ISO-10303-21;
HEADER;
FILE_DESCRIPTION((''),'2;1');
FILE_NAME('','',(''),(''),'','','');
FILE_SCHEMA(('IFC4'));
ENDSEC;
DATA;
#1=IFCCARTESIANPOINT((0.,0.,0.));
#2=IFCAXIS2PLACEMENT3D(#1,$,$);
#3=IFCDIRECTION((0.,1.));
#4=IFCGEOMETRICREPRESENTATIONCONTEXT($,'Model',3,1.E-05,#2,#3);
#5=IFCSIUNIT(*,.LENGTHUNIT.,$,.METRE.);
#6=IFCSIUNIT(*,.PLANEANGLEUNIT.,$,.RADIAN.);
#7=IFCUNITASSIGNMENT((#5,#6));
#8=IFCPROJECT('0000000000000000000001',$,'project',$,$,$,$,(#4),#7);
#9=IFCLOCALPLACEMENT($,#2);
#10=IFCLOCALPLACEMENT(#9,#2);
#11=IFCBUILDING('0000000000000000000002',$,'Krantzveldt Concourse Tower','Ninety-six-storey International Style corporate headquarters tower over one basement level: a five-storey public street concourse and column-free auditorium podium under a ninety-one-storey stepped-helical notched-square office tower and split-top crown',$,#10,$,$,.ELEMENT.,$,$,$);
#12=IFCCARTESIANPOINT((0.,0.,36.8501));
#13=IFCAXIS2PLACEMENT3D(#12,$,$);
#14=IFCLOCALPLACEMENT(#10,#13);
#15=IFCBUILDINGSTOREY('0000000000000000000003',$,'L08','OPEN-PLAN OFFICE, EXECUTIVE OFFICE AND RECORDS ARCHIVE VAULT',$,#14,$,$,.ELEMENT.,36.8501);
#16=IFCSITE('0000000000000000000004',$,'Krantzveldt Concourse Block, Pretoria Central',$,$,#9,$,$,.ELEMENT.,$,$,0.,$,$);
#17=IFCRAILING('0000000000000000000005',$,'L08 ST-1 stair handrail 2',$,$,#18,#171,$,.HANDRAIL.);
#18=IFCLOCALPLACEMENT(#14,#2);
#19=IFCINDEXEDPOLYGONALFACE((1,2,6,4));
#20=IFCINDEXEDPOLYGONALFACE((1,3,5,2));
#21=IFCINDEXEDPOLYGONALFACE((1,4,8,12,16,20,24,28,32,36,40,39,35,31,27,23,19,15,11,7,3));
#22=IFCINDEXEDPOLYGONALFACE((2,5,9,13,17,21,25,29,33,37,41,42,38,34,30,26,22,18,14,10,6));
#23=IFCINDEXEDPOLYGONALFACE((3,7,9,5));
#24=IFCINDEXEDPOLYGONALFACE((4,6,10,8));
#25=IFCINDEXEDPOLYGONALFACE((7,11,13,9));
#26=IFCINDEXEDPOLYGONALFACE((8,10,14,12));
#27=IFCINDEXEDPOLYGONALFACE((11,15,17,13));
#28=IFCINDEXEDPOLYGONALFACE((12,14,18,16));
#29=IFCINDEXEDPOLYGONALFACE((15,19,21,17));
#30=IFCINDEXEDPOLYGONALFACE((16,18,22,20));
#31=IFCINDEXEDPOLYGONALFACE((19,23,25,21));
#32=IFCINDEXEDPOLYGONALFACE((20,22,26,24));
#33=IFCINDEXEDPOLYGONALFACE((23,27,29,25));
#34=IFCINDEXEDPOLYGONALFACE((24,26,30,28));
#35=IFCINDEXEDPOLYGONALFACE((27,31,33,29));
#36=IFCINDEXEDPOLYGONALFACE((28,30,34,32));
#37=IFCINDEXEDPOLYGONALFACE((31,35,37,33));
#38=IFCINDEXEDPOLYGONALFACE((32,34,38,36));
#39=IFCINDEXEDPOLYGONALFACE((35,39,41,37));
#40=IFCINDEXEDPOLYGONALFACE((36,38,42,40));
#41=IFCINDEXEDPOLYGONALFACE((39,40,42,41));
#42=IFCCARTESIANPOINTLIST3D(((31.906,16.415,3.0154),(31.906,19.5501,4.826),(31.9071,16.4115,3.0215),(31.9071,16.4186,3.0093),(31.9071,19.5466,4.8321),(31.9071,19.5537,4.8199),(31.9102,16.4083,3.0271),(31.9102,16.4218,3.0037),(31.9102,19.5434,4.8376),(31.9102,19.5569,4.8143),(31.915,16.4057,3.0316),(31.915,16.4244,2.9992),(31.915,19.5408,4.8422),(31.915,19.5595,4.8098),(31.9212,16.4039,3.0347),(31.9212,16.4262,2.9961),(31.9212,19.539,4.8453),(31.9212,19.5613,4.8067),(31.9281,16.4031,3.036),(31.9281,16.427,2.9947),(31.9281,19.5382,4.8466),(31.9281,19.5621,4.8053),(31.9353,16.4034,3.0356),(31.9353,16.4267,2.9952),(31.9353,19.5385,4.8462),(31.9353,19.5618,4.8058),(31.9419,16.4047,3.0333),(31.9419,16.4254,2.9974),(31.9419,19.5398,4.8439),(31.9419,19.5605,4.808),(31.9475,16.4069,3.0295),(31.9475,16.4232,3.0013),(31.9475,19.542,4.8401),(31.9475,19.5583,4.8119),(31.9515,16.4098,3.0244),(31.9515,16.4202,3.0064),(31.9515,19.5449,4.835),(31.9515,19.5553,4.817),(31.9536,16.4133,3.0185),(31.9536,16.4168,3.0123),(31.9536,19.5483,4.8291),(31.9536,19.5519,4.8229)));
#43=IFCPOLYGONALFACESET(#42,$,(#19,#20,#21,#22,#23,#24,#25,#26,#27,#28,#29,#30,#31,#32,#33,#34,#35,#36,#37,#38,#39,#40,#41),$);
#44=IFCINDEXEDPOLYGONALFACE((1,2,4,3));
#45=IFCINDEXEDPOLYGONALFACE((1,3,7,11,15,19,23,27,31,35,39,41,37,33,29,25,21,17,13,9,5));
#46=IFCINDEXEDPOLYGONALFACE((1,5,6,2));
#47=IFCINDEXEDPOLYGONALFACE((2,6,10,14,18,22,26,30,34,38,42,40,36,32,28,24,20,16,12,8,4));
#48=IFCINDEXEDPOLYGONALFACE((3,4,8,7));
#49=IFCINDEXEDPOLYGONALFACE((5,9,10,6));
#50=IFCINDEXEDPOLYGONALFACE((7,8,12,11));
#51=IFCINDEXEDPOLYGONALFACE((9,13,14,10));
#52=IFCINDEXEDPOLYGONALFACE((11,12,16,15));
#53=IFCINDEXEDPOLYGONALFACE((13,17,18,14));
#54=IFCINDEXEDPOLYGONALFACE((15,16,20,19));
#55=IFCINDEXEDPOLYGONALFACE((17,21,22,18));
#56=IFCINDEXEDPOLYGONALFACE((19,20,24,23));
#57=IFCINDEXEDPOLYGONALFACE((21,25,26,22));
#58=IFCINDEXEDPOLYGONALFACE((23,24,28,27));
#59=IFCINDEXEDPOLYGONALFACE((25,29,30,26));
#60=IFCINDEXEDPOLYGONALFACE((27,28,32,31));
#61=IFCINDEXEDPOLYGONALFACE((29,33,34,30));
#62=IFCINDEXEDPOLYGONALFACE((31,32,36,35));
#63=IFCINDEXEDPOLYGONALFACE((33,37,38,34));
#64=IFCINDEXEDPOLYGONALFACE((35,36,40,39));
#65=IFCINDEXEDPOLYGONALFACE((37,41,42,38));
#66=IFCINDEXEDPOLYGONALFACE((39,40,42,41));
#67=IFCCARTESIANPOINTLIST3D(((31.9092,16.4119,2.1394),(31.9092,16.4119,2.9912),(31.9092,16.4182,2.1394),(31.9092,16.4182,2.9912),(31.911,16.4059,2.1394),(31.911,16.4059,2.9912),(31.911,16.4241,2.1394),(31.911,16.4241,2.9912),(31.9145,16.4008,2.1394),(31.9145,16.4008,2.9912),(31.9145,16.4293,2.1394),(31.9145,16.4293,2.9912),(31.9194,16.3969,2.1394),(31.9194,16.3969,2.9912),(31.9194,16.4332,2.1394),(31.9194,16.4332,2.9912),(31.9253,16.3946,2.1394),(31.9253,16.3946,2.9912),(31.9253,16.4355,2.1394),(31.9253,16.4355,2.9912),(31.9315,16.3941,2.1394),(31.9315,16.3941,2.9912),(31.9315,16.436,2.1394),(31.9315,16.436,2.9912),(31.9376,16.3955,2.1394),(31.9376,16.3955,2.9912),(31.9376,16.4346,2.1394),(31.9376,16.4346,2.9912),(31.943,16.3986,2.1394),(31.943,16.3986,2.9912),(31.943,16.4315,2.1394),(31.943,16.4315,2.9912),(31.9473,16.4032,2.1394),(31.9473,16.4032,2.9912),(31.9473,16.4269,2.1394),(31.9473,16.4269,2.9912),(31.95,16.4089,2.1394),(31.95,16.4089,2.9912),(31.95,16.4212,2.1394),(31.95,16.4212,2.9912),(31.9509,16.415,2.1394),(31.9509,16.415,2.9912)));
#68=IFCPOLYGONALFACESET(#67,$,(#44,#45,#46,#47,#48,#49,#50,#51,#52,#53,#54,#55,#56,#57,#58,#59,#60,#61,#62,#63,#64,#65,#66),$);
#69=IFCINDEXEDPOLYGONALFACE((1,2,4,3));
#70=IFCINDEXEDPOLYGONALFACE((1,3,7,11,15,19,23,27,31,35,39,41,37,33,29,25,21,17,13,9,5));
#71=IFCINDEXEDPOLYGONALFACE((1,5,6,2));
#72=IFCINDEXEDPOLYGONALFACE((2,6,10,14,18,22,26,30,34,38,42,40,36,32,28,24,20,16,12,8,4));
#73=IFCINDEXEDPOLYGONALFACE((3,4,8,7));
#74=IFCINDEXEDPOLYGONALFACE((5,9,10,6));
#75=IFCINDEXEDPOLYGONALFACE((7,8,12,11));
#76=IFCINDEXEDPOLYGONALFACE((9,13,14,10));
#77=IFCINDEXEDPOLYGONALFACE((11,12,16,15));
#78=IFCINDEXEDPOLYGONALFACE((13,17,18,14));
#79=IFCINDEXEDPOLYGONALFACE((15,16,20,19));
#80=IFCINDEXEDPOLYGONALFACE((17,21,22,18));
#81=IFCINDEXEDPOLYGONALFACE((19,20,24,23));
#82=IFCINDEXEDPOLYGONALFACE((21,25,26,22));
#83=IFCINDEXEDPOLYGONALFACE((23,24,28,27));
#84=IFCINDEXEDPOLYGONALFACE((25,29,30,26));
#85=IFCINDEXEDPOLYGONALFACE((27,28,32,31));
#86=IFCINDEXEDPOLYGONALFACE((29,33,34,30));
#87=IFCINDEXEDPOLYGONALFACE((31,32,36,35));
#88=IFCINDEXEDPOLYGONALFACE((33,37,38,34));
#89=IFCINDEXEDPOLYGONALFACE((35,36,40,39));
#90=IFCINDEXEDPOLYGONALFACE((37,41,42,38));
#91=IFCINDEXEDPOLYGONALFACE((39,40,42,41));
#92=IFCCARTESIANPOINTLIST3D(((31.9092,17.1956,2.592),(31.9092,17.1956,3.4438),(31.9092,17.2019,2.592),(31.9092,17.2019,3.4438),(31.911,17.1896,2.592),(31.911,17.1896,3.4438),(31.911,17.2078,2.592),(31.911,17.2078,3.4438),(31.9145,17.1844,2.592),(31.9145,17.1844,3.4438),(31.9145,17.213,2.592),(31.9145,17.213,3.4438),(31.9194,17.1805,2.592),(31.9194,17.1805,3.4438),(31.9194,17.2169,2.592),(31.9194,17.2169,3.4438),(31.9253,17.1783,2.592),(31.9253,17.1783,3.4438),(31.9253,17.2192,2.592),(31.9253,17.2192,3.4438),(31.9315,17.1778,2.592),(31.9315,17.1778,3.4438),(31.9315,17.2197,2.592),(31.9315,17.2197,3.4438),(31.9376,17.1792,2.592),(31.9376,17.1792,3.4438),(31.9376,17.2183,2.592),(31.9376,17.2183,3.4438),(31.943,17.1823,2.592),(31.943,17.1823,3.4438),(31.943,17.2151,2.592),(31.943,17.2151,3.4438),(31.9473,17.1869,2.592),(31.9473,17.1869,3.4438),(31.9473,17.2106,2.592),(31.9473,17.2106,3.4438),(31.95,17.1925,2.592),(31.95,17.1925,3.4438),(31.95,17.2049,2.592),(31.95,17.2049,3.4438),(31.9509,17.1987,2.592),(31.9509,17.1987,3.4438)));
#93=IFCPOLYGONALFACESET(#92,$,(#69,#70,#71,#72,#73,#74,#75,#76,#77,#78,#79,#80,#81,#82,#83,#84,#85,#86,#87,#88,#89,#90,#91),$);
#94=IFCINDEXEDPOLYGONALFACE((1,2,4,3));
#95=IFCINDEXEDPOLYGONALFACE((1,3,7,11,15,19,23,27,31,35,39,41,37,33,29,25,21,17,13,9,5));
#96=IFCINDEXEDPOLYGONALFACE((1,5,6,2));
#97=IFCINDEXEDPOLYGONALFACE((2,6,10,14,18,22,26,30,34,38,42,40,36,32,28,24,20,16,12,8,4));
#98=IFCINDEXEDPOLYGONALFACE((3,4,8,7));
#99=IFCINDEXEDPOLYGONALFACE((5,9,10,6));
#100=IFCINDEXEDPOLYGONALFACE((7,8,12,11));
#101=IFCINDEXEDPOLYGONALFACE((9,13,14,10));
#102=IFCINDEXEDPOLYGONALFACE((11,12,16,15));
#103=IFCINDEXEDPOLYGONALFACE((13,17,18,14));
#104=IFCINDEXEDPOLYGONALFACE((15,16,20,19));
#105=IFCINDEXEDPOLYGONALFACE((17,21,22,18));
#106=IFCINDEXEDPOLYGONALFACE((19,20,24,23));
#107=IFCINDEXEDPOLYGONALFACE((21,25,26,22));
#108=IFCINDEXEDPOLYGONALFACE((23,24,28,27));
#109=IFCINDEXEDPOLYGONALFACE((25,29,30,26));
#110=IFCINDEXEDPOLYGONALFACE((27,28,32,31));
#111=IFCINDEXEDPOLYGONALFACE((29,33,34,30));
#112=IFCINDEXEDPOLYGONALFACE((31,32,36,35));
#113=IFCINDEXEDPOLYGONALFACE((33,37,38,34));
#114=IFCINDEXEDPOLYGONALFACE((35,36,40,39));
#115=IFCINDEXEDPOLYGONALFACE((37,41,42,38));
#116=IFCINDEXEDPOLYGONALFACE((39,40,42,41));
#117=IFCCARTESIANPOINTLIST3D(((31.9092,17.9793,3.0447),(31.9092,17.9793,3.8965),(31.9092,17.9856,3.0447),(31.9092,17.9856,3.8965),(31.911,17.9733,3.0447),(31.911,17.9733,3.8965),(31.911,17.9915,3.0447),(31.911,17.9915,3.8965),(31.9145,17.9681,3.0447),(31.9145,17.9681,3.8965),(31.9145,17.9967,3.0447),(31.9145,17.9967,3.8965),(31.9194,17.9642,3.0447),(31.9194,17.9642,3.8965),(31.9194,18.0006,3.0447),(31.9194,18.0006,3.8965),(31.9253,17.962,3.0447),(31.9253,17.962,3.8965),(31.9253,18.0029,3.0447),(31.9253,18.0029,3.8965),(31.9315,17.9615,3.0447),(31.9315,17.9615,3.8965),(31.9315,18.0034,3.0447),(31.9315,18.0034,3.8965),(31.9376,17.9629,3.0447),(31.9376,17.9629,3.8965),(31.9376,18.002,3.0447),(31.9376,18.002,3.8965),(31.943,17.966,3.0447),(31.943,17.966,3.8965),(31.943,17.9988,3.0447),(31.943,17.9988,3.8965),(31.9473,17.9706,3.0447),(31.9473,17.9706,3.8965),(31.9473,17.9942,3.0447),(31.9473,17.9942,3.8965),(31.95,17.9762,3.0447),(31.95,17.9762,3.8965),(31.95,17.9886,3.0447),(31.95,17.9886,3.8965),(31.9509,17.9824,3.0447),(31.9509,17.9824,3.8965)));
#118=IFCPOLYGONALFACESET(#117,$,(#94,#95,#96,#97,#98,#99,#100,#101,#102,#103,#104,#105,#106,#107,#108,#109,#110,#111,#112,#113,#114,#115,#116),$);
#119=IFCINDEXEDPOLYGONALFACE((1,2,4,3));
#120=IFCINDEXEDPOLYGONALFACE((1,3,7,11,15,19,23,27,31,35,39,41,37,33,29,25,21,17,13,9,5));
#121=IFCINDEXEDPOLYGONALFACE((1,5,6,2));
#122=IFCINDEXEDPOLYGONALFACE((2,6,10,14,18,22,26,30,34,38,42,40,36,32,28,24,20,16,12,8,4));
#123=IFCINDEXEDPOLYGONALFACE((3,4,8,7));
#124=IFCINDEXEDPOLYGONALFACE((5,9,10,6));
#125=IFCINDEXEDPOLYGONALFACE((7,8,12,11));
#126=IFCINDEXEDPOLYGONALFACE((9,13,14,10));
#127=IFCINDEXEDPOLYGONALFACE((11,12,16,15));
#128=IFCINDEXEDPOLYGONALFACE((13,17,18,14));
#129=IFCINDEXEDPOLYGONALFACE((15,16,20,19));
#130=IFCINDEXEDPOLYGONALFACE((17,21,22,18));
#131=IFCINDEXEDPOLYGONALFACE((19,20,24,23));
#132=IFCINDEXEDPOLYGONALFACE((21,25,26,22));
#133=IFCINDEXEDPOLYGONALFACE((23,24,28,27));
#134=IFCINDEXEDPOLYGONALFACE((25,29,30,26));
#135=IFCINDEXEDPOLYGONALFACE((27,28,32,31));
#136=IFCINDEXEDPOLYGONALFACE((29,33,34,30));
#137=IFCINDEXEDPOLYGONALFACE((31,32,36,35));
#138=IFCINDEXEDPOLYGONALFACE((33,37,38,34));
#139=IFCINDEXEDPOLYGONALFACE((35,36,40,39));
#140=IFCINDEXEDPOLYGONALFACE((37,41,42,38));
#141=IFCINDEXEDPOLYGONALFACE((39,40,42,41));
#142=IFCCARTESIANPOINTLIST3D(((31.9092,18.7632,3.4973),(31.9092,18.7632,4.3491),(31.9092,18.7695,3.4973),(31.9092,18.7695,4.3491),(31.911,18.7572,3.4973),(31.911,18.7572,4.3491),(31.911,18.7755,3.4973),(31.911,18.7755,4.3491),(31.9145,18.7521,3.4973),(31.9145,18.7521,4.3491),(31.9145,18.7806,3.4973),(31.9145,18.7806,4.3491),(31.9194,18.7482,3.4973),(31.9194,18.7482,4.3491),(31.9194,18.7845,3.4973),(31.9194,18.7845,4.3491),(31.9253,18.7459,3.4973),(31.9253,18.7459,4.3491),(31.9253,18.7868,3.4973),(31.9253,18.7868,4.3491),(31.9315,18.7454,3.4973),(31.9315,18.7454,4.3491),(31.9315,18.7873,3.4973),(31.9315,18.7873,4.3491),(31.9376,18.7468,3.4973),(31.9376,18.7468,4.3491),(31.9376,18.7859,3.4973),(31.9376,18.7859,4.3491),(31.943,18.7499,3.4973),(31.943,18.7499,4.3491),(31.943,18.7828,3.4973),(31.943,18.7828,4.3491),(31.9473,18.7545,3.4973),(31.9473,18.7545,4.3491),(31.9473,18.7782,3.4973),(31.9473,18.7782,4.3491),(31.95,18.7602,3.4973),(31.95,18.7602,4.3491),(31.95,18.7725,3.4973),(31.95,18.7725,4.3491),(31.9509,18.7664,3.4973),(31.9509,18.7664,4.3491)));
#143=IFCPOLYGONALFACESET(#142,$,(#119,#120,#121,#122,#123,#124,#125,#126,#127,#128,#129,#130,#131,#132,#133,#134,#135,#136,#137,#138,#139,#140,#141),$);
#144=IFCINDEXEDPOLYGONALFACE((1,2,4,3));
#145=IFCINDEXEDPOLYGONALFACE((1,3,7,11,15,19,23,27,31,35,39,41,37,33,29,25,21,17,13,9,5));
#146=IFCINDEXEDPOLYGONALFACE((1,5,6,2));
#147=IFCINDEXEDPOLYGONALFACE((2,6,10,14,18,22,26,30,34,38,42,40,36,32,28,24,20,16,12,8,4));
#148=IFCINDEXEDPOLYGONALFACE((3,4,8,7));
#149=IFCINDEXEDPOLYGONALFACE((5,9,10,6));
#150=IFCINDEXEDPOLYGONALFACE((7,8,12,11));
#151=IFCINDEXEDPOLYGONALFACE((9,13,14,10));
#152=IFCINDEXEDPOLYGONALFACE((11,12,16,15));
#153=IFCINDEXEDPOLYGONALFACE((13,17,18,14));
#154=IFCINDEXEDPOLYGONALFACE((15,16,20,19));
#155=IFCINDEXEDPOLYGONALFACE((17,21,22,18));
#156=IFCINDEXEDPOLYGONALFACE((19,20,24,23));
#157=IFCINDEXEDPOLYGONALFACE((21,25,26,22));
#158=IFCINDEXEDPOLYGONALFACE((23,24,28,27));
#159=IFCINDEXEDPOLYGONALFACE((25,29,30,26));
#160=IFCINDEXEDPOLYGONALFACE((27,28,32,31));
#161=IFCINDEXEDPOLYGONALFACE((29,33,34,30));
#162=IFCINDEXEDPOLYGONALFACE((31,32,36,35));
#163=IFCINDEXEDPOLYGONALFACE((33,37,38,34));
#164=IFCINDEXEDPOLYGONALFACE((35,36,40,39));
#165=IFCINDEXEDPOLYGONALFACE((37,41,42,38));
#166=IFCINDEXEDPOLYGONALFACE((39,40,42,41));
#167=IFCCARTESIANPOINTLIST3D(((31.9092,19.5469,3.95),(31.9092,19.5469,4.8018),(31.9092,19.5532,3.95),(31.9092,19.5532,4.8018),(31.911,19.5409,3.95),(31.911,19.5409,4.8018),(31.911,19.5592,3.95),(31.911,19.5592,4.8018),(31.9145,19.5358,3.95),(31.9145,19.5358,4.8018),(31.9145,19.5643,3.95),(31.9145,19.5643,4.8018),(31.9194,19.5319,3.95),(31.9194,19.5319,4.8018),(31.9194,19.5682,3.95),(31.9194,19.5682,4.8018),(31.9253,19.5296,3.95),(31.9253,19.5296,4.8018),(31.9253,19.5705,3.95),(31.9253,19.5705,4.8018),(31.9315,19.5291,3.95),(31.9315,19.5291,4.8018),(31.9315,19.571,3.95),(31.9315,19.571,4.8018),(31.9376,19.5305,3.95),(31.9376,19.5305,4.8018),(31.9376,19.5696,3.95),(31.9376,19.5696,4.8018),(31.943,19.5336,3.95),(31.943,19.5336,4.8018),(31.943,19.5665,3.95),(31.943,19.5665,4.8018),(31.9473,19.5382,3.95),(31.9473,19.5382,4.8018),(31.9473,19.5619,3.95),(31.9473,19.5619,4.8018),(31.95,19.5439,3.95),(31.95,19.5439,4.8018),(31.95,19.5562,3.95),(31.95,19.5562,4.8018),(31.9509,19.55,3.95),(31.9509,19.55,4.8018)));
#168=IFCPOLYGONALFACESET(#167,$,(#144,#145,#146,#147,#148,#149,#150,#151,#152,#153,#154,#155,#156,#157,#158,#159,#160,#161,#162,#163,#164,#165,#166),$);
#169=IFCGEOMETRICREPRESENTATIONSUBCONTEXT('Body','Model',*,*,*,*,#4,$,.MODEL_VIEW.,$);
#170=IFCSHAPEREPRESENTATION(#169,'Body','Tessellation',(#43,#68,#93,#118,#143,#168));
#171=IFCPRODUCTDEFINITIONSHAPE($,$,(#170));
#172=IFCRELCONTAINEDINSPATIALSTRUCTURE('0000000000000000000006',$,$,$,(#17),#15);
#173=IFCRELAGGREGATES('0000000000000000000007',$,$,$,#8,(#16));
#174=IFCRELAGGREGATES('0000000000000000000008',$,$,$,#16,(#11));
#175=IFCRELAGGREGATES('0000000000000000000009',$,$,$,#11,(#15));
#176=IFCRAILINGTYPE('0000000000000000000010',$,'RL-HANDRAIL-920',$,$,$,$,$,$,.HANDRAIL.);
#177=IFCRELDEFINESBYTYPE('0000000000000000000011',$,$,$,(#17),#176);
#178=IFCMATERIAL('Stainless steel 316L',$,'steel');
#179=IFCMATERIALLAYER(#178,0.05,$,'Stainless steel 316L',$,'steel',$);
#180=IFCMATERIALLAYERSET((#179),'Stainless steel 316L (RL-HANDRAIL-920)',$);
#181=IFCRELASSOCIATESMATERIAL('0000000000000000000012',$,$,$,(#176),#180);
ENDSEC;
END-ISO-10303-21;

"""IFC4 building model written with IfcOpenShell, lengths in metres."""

from ifc_helpers import new_model, si_unit, direction, frame, origin, origin_2d, place, context, subcontext, project, spatial, circle, extrude, material, layer, layer_set, type_object, element, save


model = new_model("IFC4")

# Units and contexts
model_context = context("Model", 3, precision=1e-05, world=origin(), true_north=direction((0.0, 1.0)))
body_context = subcontext(model_context, "Body", "Model", "MODEL_VIEW")
ifc_project = project(units=[si_unit("LENGTHUNIT", "METRE"), si_unit("PLANEANGLEUNIT", "RADIAN")], contexts=[model_context])

# Site, building, storey
site_placement = place(None, origin())
site = spatial("IfcSite", under=ifc_project, at=site_placement, Name="Krantzveldt Concourse Block, Pretoria Central", CompositionType="ELEMENT", RefElevation=0.0)
building_placement = place(site_placement, origin())
building = spatial("IfcBuilding", under=site, at=building_placement, Name="Krantzveldt Concourse Tower", Description="Ninety-six-storey International Style corporate headquarters tower over one basement level: a five-storey public street concourse and column-free auditorium podium under a ninety-one-storey stepped-helical notched-square office tower and split-top crown", CompositionType="ELEMENT")
storey_placement = place(building_placement, frame((0.0, 0.0, 36.8501)))
storey = spatial("IfcBuildingStorey", under=building, at=storey_placement, Name="L08", Description="OPEN-PLAN OFFICE, EXECUTIVE OFFICE AND RECORDS ARCHIVE VAULT", CompositionType="ELEMENT", Elevation=36.8501)

# Railing
ifc_material_1 = material(Name="Stainless steel 316L", Category="steel")
ifc_layer_1 = layer(ifc_material_1, 0.05, Name="Stainless steel 316L", Category="steel")
ifc_layer_set_1 = layer_set([ifc_layer_1], Name="Stainless steel 316L (RL-HANDRAIL-920)")
railing_type_1 = type_object("IfcRailingType", Name="RL-HANDRAIL-920", PredefinedType="HANDRAIL", material=ifc_layer_set_1)
railing_1_placement = place(storey_placement, frame((31.9299, 16.415, 2.1394)))
element("IfcRailing", 1, at=railing_1_placement, inside=storey, type_object=railing_type_1, Name="L08 ST-1 stair handrail 2", PredefinedType="HANDRAIL", context=body_context, shape_type="SweptSolid", body=[
    extrude(circle(Radius=0.0239, at=origin_2d()), frame((0.0, 0.0, 0.876), z_axis=(0.0, 0.86596, 0.500114), x_axis=(-1.0, 0.0, 0.0)), (0.0, 0.0, 1.0), 3.6204),
    extrude(circle(Radius=0.021, at=origin_2d()), origin(), (0.0, 0.0, 1.0), 0.8518),
    extrude(circle(Radius=0.021, at=origin_2d()), frame((0.0, 0.7837, 0.4526)), (0.0, 0.0, 1.0), 0.8518),
    extrude(circle(Radius=0.021, at=origin_2d()), frame((0.0, 1.5674, 0.9053)), (0.0, 0.0, 1.0), 0.8518),
    extrude(circle(Radius=0.021, at=origin_2d()), frame((0.0, 2.3513, 1.3579)), (0.0, 0.0, 1.0), 0.8518),
    extrude(circle(Radius=0.021, at=origin_2d()), frame((0.0, 3.135, 1.8105)), (0.0, 0.0, 1.0), 0.8518),
])

save(model, "model.ifc")
